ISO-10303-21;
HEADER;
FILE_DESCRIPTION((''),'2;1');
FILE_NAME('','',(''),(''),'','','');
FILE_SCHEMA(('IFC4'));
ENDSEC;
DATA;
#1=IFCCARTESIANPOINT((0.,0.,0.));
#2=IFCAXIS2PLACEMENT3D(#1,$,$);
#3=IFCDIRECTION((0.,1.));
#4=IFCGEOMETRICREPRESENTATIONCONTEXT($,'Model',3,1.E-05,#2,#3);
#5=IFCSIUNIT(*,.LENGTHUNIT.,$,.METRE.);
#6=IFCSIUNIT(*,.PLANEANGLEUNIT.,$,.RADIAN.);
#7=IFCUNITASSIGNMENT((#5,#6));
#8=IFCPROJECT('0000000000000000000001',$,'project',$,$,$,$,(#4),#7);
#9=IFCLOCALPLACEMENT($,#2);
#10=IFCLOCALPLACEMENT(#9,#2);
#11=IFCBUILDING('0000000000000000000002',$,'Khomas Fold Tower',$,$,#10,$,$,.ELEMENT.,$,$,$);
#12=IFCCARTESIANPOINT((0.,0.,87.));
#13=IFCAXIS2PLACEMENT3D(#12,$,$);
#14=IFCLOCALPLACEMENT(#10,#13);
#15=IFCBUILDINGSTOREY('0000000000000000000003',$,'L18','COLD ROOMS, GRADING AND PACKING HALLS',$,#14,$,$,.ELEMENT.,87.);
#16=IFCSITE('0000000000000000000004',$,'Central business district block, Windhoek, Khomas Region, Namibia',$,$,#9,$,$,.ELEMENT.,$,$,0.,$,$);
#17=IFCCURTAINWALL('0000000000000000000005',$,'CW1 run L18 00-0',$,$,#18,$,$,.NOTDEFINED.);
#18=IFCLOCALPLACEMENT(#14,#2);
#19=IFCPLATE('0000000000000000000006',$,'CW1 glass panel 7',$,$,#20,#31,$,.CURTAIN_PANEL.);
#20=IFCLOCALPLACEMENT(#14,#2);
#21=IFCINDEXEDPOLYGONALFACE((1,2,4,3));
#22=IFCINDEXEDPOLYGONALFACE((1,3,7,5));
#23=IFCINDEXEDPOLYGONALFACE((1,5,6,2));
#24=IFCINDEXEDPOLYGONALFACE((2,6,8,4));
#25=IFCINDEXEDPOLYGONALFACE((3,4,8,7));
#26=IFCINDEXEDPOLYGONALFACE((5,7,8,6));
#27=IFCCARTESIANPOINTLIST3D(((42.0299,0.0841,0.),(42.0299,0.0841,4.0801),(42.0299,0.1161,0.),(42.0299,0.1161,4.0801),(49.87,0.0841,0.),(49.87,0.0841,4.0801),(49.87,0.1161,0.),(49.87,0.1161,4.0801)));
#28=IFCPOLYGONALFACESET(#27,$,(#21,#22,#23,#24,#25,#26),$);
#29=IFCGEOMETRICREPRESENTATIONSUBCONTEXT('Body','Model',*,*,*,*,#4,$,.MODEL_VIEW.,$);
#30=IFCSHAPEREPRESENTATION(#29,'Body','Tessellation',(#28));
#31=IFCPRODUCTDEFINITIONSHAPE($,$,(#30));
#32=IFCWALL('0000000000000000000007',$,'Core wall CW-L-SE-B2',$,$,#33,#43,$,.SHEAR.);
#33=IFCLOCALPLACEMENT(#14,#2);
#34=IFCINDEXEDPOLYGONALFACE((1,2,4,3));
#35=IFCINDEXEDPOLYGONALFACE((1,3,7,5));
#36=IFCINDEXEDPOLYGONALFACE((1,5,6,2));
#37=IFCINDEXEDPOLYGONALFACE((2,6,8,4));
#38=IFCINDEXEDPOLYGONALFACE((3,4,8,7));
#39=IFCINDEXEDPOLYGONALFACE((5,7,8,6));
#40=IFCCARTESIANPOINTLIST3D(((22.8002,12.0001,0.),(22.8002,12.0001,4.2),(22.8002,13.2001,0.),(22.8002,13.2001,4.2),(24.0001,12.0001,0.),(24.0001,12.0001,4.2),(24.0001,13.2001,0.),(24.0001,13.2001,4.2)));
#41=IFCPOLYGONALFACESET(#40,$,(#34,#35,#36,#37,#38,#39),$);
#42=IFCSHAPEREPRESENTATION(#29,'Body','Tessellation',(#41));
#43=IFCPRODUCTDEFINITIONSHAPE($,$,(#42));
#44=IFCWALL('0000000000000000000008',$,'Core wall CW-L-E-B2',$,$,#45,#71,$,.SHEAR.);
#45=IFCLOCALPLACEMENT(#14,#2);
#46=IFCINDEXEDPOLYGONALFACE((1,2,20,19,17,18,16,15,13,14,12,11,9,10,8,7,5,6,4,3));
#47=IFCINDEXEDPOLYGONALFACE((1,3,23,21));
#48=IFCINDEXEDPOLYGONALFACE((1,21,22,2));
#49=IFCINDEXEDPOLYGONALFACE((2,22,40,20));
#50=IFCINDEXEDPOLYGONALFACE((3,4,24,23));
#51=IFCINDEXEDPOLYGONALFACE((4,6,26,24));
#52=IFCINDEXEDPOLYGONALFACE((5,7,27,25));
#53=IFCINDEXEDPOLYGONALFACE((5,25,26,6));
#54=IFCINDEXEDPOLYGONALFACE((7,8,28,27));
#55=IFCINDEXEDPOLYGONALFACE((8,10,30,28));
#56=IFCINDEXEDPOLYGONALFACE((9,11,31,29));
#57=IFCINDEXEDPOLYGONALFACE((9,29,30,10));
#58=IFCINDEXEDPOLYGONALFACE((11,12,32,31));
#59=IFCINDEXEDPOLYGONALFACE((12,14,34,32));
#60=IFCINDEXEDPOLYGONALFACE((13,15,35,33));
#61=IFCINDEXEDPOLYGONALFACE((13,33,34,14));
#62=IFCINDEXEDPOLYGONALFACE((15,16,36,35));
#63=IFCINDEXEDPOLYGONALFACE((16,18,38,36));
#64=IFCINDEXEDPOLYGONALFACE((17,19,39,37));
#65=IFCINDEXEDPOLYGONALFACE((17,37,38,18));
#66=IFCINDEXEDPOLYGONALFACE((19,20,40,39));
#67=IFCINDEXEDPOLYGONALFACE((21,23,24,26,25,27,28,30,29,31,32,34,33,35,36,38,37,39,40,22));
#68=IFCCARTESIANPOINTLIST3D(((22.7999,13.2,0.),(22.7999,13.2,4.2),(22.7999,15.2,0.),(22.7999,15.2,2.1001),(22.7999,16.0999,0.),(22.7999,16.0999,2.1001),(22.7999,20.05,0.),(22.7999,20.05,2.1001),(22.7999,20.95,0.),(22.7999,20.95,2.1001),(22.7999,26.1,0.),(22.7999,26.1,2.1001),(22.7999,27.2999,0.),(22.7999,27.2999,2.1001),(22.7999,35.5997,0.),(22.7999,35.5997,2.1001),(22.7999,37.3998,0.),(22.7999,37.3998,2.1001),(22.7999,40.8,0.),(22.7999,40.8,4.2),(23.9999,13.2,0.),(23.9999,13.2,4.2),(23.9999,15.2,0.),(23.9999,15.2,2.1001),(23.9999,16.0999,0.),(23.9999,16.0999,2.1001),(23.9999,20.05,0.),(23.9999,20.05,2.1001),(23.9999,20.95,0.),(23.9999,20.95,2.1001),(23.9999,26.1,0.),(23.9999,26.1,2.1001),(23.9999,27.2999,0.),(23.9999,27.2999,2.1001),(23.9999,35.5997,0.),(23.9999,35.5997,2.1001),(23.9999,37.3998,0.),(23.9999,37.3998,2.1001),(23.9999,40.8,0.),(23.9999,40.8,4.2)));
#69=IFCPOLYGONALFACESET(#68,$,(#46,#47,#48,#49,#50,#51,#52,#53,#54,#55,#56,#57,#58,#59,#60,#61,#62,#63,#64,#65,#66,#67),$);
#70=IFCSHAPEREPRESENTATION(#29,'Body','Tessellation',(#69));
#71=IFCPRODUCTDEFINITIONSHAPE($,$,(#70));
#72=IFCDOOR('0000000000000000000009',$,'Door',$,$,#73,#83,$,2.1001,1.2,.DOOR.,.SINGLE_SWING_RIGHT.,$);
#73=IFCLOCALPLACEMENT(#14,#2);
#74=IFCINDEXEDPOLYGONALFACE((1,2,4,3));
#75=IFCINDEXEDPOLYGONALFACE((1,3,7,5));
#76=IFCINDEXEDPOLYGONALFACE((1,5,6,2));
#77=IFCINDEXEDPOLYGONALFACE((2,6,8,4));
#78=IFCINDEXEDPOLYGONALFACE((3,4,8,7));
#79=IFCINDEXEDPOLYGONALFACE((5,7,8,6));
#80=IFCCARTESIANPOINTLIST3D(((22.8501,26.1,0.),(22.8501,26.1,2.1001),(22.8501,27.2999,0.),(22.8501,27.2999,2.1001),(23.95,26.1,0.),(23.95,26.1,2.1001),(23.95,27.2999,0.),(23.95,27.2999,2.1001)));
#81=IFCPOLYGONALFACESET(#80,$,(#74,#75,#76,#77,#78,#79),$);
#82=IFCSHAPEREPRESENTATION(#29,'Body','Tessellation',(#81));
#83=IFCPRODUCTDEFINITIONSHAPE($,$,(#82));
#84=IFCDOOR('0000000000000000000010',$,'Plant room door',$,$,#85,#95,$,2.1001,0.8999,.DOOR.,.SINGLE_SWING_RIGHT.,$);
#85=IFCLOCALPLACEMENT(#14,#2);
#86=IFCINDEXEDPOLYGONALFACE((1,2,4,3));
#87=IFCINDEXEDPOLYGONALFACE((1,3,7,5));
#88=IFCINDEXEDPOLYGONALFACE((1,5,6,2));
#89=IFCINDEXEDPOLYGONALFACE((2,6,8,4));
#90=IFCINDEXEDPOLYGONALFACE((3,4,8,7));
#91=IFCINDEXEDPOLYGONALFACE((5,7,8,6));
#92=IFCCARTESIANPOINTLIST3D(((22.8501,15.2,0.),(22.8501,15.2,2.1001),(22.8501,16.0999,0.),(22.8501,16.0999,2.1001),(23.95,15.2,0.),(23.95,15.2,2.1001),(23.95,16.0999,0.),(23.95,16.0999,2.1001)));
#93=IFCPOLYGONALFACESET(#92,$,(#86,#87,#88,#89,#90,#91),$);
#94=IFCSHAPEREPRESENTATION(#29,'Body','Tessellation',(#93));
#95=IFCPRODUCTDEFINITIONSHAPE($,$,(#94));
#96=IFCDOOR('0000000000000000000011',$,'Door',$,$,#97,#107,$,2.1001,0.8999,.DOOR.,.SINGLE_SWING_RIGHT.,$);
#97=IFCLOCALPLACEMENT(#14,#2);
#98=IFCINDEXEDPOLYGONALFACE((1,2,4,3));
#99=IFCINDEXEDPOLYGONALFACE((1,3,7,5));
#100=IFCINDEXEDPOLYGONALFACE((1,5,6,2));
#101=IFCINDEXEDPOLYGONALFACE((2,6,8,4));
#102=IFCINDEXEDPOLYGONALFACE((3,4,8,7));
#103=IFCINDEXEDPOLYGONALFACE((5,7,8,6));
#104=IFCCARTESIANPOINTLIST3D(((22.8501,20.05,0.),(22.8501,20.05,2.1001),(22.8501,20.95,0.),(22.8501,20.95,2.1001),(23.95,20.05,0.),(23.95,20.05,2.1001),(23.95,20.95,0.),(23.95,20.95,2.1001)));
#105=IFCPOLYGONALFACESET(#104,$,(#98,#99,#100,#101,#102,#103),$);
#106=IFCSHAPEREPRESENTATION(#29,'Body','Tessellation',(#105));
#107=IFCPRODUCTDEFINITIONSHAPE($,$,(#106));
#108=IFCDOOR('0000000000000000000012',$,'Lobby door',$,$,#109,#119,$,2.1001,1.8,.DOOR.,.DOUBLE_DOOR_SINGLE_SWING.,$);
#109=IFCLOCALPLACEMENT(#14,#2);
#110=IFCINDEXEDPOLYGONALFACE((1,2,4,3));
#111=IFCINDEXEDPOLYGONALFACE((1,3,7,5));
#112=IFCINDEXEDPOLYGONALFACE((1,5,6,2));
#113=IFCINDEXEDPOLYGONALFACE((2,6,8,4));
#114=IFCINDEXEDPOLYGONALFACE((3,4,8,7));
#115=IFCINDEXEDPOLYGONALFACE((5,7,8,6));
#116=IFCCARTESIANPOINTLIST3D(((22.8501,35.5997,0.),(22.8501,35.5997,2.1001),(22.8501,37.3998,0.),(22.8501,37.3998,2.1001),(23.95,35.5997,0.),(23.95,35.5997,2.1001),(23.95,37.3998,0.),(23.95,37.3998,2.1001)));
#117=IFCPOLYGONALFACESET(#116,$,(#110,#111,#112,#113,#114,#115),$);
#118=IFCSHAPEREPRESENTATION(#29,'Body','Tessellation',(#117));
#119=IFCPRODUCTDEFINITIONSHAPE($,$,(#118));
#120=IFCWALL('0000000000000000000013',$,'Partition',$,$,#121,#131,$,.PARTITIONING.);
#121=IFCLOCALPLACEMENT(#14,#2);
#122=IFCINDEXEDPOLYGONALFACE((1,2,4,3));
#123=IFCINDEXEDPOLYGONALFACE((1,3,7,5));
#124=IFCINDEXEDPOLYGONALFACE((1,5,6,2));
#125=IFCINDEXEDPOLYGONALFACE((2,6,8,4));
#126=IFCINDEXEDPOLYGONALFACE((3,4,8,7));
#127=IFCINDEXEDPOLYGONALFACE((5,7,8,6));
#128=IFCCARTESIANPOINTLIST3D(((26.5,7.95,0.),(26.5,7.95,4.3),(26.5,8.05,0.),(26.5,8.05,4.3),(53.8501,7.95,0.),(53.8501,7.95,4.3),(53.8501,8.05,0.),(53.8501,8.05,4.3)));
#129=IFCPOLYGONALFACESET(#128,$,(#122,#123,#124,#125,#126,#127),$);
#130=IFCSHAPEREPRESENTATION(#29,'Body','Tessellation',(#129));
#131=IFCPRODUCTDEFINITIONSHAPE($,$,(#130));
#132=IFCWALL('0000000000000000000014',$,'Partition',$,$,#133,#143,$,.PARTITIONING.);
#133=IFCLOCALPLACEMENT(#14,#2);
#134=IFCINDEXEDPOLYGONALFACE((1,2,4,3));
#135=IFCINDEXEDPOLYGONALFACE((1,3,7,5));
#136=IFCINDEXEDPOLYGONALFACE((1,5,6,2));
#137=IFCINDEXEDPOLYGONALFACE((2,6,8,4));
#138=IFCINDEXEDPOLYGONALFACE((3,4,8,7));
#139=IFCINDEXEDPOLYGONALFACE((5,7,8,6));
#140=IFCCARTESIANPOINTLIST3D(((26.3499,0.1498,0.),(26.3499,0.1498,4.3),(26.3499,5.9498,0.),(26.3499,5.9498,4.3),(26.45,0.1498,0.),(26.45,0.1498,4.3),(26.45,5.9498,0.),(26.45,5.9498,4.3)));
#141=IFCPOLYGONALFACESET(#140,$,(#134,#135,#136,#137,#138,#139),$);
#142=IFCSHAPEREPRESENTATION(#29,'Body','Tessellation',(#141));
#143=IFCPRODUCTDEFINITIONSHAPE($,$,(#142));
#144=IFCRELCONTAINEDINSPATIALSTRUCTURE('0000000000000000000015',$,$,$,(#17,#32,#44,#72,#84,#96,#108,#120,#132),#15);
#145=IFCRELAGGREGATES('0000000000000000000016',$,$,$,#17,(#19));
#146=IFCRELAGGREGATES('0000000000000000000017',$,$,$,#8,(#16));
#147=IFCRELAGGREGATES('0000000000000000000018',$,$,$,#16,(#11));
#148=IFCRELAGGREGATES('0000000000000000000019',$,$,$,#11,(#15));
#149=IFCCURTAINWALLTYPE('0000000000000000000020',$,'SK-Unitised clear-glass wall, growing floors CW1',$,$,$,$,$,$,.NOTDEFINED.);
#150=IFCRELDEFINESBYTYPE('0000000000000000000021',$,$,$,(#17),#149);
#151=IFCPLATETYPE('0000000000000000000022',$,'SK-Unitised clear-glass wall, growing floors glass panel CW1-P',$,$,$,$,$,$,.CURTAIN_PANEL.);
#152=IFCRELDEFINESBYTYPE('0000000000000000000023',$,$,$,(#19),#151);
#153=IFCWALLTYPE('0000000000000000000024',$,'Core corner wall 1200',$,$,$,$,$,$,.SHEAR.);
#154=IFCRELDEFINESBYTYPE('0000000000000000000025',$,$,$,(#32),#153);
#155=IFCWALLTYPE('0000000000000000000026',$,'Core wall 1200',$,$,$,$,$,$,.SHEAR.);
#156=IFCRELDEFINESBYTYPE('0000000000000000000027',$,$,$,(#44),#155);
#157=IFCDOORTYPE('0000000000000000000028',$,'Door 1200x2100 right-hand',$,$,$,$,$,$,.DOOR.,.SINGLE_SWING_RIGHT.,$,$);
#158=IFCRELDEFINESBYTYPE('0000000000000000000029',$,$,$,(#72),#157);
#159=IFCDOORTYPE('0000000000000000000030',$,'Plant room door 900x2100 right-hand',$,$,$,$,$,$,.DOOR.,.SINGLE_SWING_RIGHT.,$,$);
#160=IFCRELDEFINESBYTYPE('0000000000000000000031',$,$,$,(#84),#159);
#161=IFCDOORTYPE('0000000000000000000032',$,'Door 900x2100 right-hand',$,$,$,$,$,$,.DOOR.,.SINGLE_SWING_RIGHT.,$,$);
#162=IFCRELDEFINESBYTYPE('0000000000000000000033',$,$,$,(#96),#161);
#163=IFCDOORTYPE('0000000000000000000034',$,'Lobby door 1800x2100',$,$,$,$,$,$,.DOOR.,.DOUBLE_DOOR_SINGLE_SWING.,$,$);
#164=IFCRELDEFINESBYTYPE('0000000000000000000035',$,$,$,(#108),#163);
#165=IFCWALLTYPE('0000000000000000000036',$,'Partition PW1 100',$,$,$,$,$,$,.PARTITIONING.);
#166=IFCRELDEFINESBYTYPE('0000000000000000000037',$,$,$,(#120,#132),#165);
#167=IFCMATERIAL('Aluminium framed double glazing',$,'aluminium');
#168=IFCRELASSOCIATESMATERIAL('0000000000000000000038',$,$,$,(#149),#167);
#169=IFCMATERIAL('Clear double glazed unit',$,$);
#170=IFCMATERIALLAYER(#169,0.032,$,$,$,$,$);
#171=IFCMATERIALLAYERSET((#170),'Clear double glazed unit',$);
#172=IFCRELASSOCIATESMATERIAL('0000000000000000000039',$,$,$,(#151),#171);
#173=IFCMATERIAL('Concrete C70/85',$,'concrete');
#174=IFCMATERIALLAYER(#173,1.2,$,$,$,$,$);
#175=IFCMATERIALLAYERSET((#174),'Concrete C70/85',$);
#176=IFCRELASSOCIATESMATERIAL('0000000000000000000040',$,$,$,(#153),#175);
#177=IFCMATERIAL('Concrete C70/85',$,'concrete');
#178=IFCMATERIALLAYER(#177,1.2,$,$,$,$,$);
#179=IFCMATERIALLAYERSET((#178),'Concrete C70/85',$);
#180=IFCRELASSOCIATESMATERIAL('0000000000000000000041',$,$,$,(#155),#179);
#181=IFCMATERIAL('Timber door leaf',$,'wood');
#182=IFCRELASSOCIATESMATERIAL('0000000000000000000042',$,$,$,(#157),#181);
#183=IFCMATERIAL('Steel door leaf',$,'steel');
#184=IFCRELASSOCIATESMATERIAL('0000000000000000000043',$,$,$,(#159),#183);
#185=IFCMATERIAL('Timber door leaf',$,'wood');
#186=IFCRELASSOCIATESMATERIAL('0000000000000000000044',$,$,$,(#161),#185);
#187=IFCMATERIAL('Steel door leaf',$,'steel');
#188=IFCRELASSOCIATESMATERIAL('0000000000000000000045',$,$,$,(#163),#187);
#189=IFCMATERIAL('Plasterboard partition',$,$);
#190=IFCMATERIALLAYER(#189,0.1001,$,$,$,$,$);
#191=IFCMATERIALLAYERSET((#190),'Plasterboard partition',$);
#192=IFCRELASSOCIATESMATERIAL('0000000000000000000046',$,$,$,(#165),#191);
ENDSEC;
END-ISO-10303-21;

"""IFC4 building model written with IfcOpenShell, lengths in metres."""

from ifc_helpers import new_model, si_unit, direction, frame, frame_2d, origin, origin_2d, place, context, subcontext, project, spatial, rectangle, extrude, source, transform, mapped, material, layer, layer_set, type_object, element, fill, aggregate, save


model = new_model("IFC4")

# Units and contexts
model_context = context("Model", 3, precision=1e-05, world=origin(), true_north=direction((0.0, 1.0)))
body_context = subcontext(model_context, "Body", "Model", "MODEL_VIEW")
ifc_project = project(units=[si_unit("LENGTHUNIT", "METRE"), si_unit("PLANEANGLEUNIT", "RADIAN")], contexts=[model_context])

# Site, building, storey
site_placement = place(None, origin())
site = spatial("IfcSite", under=ifc_project, at=site_placement, Name="Central business district block, Windhoek, Khomas Region, Namibia", CompositionType="ELEMENT", RefElevation=0.0)
building_placement = place(site_placement, origin())
building = spatial("IfcBuilding", under=site, at=building_placement, Name="Khomas Fold Tower", CompositionType="ELEMENT")
storey_placement = place(building_placement, frame((0.0, 0.0, 87.0)))
storey = spatial("IfcBuildingStorey", under=building, at=storey_placement, Name="L18", Description="COLD ROOMS, GRADING AND PACKING HALLS", CompositionType="ELEMENT", Elevation=87.0)

# Curtain wall, plate
ifc_material_1 = material(Name="Aluminium framed double glazing", Category="aluminium")
curtain_wall_type = type_object("IfcCurtainWallType", Name="SK-Unitised clear-glass wall, growing floors CW1", PredefinedType="NOTDEFINED", material=ifc_material_1)
curtain_wall_placement = place(storey_placement, origin())
curtain_wall = element("IfcCurtainWall", 1, at=curtain_wall_placement, inside=storey, type_object=curtain_wall_type, Name="CW1 run L18 00-0", PredefinedType="NOTDEFINED")
ifc_material_2 = material(Name="Clear double glazed unit")
ifc_layer_1 = layer(ifc_material_2, 0.032)
ifc_layer_set_1 = layer_set([ifc_layer_1], Name="Clear double glazed unit")
plate_type = type_object("IfcPlateType", Name="SK-Unitised clear-glass wall, growing floors glass panel CW1-P", PredefinedType="CURTAIN_PANEL", material=ifc_layer_set_1)
shared_shape_1 = source(origin(), body_context, "Body", "SweptSolid", [
    extrude(rectangle(XDim=7.8401, YDim=0.032, at=origin_2d()), origin(), (0.0, 0.0, 1.0), 4.0801),
])
plate_placement = place(storey_placement, frame((45.95, 0.1001, 0.0), z_axis=(0.0, 0.0, 1.0), x_axis=(1.0, 0.0, 0.0)))
plate = element("IfcPlate", 2, at=plate_placement, type_object=plate_type, Name="CW1 glass panel 7", PredefinedType="CURTAIN_PANEL", context=body_context, shape_type="MappedRepresentation", body=[
    mapped(shared_shape_1, transform((0.0, 0.0, 0.0))),
])
aggregate(curtain_wall, [plate])

# Wall
ifc_material_3 = material(Name="Concrete C70/85", Category="concrete")
ifc_layer_2 = layer(ifc_material_3, 1.2)
ifc_layer_set_2 = layer_set([ifc_layer_2], Name="Concrete C70/85")
wall_type_1 = type_object("IfcWallType", Name="Core corner wall 1200", PredefinedType="SHEAR", material=ifc_layer_set_2)
shared_shape_2 = source(origin(), body_context, "Body", "SweptSolid", [
    extrude(rectangle(XDim=1.2, YDim=1.2, at=frame_2d((0.6001, 0.0))), origin(), (0.0, 0.0, 1.0), 4.2),
])
wall_1_placement = place(storey_placement, frame((22.8, 12.6001, 0.0), z_axis=(0.0, 0.0, 1.0), x_axis=(1.0, 0.0, 0.0)))
element("IfcWall", 3, at=wall_1_placement, inside=storey, type_object=wall_type_1, Name="Core wall CW-L-SE-B2", PredefinedType="SHEAR", context=body_context, shape_type="MappedRepresentation", body=[
    mapped(shared_shape_2, transform((0.0, 0.0, 0.0))),
])

# Wall, openings, doors
ifc_material_4 = material(Name="Concrete C70/85", Category="concrete")
ifc_layer_3 = layer(ifc_material_4, 1.2)
ifc_layer_set_3 = layer_set([ifc_layer_3], Name="Concrete C70/85")
wall_type_2 = type_object("IfcWallType", Name="Core wall 1200", PredefinedType="SHEAR", material=ifc_layer_set_3)
shared_shape_3 = source(origin(), body_context, "Body", "SweptSolid", [
    extrude(rectangle(XDim=27.6001, YDim=1.2, at=frame_2d((13.8, 0.0))), origin(), (0.0, 0.0, 1.0), 4.2),
])
wall_2_placement = place(storey_placement, frame((23.3999, 13.2, 0.0), z_axis=(0.0, 0.0, 1.0), x_axis=(0.0, 1.0, 0.0)))
wall_2 = element("IfcWall", 4, at=wall_2_placement, inside=storey, type_object=wall_type_2, Name="Core wall CW-L-E-B2", PredefinedType="SHEAR", context=body_context, shape_type="MappedRepresentation", body=[
    mapped(shared_shape_3, transform((0.0, 0.0, 0.0))),
])
shared_shape_4 = source(origin(), body_context, "Body", "SweptSolid", [
    extrude(rectangle(XDim=1.8, YDim=2.1001, at=frame_2d((0.8999, 1.05))), frame((0.0, 0.6099, 0.0), z_axis=(0.0, -1.0, 0.0), x_axis=(1.0, 0.0, 0.0)), (0.0, 0.0, 1.0), 1.22),
])
opening_1_placement = place(wall_2_placement, frame((22.3999, 0.0, 0.0)))
opening_1 = element("IfcOpeningElement", 5, at=opening_1_placement, cuts=wall_2, PredefinedType="OPENING", context=body_context, shape_type="MappedRepresentation", body=[
    mapped(shared_shape_4, transform((0.0, 0.0, 0.0))),
])
shared_shape_5 = source(origin(), body_context, "Body", "SweptSolid", [
    extrude(rectangle(XDim=1.2, YDim=2.1001, at=frame_2d((0.6001, 1.05))), frame((0.0, 0.6099, 0.0), z_axis=(0.0, -1.0, 0.0), x_axis=(1.0, 0.0, 0.0)), (0.0, 0.0, 1.0), 1.22),
])
opening_2_placement = place(wall_2_placement, frame((12.8999, 0.0, 0.0)))
opening_2 = element("IfcOpeningElement", 6, at=opening_2_placement, cuts=wall_2, PredefinedType="OPENING", context=body_context, shape_type="MappedRepresentation", body=[
    mapped(shared_shape_5, transform((0.0, 0.0, 0.0))),
])
shared_shape_6 = source(origin(), body_context, "Body", "SweptSolid", [
    extrude(rectangle(XDim=0.8999, YDim=2.1001, at=frame_2d((0.45, 1.05))), frame((0.0, 0.6099, 0.0), z_axis=(0.0, -1.0, 0.0), x_axis=(1.0, 0.0, 0.0)), (0.0, 0.0, 1.0), 1.22),
])
opening_3_placement = place(wall_2_placement, frame((2.0, 0.0, 0.0)))
opening_3 = element("IfcOpeningElement", 7, at=opening_3_placement, cuts=wall_2, PredefinedType="OPENING", context=body_context, shape_type="MappedRepresentation", body=[
    mapped(shared_shape_6, transform((0.0, 0.0, 0.0))),
])
opening_4_placement = place(wall_2_placement, frame((6.8501, 0.0, 0.0)))
opening_4 = element("IfcOpeningElement", 8, at=opening_4_placement, cuts=wall_2, PredefinedType="OPENING", context=body_context, shape_type="MappedRepresentation", body=[
    mapped(shared_shape_6, transform((0.0, 0.0, 0.0))),
])
ifc_material_5 = material(Name="Timber door leaf", Category="wood")
door_type_1 = type_object("IfcDoorType", Name="Door 1200x2100 right-hand", OperationType="SINGLE_SWING_RIGHT", PredefinedType="DOOR", material=ifc_material_5)
shared_shape_7 = source(origin(), body_context, "Body", "SweptSolid", [
    extrude(rectangle(XDim=1.2, YDim=2.1001, at=frame_2d((0.6001, 1.05))), frame((0.0, 0.5498, 0.0), z_axis=(0.0, -1.0, 0.0), x_axis=(1.0, 0.0, 0.0)), (0.0, 0.0, 1.0), 1.0999),
])
door_1_placement = place(opening_2_placement, origin())
door_1 = element("IfcDoor", 9, at=door_1_placement, inside=storey, type_object=door_type_1, Name="Door", OperationType="SINGLE_SWING_RIGHT", OverallHeight=2.1001, OverallWidth=1.2, PredefinedType="DOOR", context=body_context, shape_type="MappedRepresentation", body=[
    mapped(shared_shape_7, transform((0.0, 0.0, 0.0))),
])
fill(opening_2, door_1)
ifc_material_6 = material(Name="Steel door leaf", Category="steel")
door_type_2 = type_object("IfcDoorType", Name="Plant room door 900x2100 right-hand", OperationType="SINGLE_SWING_RIGHT", PredefinedType="DOOR", material=ifc_material_6)
shared_shape_8 = source(origin(), body_context, "Body", "SweptSolid", [
    extrude(rectangle(XDim=0.8999, YDim=2.1001, at=frame_2d((0.45, 1.05))), frame((0.0, 0.5498, 0.0), z_axis=(0.0, -1.0, 0.0), x_axis=(1.0, 0.0, 0.0)), (0.0, 0.0, 1.0), 1.0999),
])
door_2_placement = place(opening_3_placement, origin())
door_2 = element("IfcDoor", 10, at=door_2_placement, inside=storey, type_object=door_type_2, Name="Plant room door", OperationType="SINGLE_SWING_RIGHT", OverallHeight=2.1001, OverallWidth=0.8999, PredefinedType="DOOR", context=body_context, shape_type="MappedRepresentation", body=[
    mapped(shared_shape_8, transform((0.0, 0.0, 0.0))),
])
fill(opening_3, door_2)
ifc_material_7 = material(Name="Timber door leaf", Category="wood")
door_type_3 = type_object("IfcDoorType", Name="Door 900x2100 right-hand", OperationType="SINGLE_SWING_RIGHT", PredefinedType="DOOR", material=ifc_material_7)
door_3_placement = place(opening_4_placement, origin())
door_3 = element("IfcDoor", 11, at=door_3_placement, inside=storey, type_object=door_type_3, Name="Door", OperationType="SINGLE_SWING_RIGHT", OverallHeight=2.1001, OverallWidth=0.8999, PredefinedType="DOOR", context=body_context, shape_type="MappedRepresentation", body=[
    mapped(shared_shape_8, transform((0.0, 0.0, 0.0))),
])
fill(opening_4, door_3)
ifc_material_8 = material(Name="Steel door leaf", Category="steel")
door_type_4 = type_object("IfcDoorType", Name="Lobby door 1800x2100", OperationType="DOUBLE_DOOR_SINGLE_SWING", PredefinedType="DOOR", material=ifc_material_8)
shared_shape_9 = source(origin(), body_context, "Body", "SweptSolid", [
    extrude(rectangle(XDim=1.8, YDim=2.1001, at=frame_2d((0.8999, 1.05))), frame((0.0, 0.5498, 0.0), z_axis=(0.0, -1.0, 0.0), x_axis=(1.0, 0.0, 0.0)), (0.0, 0.0, 1.0), 1.0999),
])
door_4_placement = place(opening_1_placement, origin())
door_4 = element("IfcDoor", 12, at=door_4_placement, inside=storey, type_object=door_type_4, Name="Lobby door", OperationType="DOUBLE_DOOR_SINGLE_SWING", OverallHeight=2.1001, OverallWidth=1.8, PredefinedType="DOOR", context=body_context, shape_type="MappedRepresentation", body=[
    mapped(shared_shape_9, transform((0.0, 0.0, 0.0))),
])
fill(opening_1, door_4)

# Walls
ifc_material_9 = material(Name="Plasterboard partition")
ifc_layer_4 = layer(ifc_material_9, 0.1001)
ifc_layer_set_4 = layer_set([ifc_layer_4], Name="Plasterboard partition")
wall_type_3 = type_object("IfcWallType", Name="Partition PW1 100", PredefinedType="PARTITIONING", material=ifc_layer_set_4)
shared_shape_10 = source(origin(), body_context, "Body", "SweptSolid", [
    extrude(rectangle(XDim=27.3501, YDim=0.1001, at=frame_2d((13.675, 0.0))), origin(), (0.0, 0.0, 1.0), 4.3),
])
wall_3_placement = place(storey_placement, frame((26.5, 8.0, 0.0), z_axis=(0.0, 0.0, 1.0), x_axis=(1.0, 0.0, 0.0)))
element("IfcWall", 13, at=wall_3_placement, inside=storey, type_object=wall_type_3, Name="Partition", PredefinedType="PARTITIONING", context=body_context, shape_type="MappedRepresentation", body=[
    mapped(shared_shape_10, transform((0.0, 0.0, 0.0))),
])
shared_shape_11 = source(origin(), body_context, "Body", "SweptSolid", [
    extrude(rectangle(XDim=5.8, YDim=0.1001, at=frame_2d((2.8999, 0.0))), origin(), (0.0, 0.0, 1.0), 4.3),
])
wall_4_placement = place(storey_placement, frame((26.3999, 0.1499, 0.0), z_axis=(0.0, 0.0, 1.0), x_axis=(0.0, 1.0, 0.0)))
element("IfcWall", 14, at=wall_4_placement, inside=storey, type_object=wall_type_3, Name="Partition", PredefinedType="PARTITIONING", context=body_context, shape_type="MappedRepresentation", body=[
    mapped(shared_shape_11, transform((0.0, 0.0, 0.0))),
])

save(model, "model.ifc")
